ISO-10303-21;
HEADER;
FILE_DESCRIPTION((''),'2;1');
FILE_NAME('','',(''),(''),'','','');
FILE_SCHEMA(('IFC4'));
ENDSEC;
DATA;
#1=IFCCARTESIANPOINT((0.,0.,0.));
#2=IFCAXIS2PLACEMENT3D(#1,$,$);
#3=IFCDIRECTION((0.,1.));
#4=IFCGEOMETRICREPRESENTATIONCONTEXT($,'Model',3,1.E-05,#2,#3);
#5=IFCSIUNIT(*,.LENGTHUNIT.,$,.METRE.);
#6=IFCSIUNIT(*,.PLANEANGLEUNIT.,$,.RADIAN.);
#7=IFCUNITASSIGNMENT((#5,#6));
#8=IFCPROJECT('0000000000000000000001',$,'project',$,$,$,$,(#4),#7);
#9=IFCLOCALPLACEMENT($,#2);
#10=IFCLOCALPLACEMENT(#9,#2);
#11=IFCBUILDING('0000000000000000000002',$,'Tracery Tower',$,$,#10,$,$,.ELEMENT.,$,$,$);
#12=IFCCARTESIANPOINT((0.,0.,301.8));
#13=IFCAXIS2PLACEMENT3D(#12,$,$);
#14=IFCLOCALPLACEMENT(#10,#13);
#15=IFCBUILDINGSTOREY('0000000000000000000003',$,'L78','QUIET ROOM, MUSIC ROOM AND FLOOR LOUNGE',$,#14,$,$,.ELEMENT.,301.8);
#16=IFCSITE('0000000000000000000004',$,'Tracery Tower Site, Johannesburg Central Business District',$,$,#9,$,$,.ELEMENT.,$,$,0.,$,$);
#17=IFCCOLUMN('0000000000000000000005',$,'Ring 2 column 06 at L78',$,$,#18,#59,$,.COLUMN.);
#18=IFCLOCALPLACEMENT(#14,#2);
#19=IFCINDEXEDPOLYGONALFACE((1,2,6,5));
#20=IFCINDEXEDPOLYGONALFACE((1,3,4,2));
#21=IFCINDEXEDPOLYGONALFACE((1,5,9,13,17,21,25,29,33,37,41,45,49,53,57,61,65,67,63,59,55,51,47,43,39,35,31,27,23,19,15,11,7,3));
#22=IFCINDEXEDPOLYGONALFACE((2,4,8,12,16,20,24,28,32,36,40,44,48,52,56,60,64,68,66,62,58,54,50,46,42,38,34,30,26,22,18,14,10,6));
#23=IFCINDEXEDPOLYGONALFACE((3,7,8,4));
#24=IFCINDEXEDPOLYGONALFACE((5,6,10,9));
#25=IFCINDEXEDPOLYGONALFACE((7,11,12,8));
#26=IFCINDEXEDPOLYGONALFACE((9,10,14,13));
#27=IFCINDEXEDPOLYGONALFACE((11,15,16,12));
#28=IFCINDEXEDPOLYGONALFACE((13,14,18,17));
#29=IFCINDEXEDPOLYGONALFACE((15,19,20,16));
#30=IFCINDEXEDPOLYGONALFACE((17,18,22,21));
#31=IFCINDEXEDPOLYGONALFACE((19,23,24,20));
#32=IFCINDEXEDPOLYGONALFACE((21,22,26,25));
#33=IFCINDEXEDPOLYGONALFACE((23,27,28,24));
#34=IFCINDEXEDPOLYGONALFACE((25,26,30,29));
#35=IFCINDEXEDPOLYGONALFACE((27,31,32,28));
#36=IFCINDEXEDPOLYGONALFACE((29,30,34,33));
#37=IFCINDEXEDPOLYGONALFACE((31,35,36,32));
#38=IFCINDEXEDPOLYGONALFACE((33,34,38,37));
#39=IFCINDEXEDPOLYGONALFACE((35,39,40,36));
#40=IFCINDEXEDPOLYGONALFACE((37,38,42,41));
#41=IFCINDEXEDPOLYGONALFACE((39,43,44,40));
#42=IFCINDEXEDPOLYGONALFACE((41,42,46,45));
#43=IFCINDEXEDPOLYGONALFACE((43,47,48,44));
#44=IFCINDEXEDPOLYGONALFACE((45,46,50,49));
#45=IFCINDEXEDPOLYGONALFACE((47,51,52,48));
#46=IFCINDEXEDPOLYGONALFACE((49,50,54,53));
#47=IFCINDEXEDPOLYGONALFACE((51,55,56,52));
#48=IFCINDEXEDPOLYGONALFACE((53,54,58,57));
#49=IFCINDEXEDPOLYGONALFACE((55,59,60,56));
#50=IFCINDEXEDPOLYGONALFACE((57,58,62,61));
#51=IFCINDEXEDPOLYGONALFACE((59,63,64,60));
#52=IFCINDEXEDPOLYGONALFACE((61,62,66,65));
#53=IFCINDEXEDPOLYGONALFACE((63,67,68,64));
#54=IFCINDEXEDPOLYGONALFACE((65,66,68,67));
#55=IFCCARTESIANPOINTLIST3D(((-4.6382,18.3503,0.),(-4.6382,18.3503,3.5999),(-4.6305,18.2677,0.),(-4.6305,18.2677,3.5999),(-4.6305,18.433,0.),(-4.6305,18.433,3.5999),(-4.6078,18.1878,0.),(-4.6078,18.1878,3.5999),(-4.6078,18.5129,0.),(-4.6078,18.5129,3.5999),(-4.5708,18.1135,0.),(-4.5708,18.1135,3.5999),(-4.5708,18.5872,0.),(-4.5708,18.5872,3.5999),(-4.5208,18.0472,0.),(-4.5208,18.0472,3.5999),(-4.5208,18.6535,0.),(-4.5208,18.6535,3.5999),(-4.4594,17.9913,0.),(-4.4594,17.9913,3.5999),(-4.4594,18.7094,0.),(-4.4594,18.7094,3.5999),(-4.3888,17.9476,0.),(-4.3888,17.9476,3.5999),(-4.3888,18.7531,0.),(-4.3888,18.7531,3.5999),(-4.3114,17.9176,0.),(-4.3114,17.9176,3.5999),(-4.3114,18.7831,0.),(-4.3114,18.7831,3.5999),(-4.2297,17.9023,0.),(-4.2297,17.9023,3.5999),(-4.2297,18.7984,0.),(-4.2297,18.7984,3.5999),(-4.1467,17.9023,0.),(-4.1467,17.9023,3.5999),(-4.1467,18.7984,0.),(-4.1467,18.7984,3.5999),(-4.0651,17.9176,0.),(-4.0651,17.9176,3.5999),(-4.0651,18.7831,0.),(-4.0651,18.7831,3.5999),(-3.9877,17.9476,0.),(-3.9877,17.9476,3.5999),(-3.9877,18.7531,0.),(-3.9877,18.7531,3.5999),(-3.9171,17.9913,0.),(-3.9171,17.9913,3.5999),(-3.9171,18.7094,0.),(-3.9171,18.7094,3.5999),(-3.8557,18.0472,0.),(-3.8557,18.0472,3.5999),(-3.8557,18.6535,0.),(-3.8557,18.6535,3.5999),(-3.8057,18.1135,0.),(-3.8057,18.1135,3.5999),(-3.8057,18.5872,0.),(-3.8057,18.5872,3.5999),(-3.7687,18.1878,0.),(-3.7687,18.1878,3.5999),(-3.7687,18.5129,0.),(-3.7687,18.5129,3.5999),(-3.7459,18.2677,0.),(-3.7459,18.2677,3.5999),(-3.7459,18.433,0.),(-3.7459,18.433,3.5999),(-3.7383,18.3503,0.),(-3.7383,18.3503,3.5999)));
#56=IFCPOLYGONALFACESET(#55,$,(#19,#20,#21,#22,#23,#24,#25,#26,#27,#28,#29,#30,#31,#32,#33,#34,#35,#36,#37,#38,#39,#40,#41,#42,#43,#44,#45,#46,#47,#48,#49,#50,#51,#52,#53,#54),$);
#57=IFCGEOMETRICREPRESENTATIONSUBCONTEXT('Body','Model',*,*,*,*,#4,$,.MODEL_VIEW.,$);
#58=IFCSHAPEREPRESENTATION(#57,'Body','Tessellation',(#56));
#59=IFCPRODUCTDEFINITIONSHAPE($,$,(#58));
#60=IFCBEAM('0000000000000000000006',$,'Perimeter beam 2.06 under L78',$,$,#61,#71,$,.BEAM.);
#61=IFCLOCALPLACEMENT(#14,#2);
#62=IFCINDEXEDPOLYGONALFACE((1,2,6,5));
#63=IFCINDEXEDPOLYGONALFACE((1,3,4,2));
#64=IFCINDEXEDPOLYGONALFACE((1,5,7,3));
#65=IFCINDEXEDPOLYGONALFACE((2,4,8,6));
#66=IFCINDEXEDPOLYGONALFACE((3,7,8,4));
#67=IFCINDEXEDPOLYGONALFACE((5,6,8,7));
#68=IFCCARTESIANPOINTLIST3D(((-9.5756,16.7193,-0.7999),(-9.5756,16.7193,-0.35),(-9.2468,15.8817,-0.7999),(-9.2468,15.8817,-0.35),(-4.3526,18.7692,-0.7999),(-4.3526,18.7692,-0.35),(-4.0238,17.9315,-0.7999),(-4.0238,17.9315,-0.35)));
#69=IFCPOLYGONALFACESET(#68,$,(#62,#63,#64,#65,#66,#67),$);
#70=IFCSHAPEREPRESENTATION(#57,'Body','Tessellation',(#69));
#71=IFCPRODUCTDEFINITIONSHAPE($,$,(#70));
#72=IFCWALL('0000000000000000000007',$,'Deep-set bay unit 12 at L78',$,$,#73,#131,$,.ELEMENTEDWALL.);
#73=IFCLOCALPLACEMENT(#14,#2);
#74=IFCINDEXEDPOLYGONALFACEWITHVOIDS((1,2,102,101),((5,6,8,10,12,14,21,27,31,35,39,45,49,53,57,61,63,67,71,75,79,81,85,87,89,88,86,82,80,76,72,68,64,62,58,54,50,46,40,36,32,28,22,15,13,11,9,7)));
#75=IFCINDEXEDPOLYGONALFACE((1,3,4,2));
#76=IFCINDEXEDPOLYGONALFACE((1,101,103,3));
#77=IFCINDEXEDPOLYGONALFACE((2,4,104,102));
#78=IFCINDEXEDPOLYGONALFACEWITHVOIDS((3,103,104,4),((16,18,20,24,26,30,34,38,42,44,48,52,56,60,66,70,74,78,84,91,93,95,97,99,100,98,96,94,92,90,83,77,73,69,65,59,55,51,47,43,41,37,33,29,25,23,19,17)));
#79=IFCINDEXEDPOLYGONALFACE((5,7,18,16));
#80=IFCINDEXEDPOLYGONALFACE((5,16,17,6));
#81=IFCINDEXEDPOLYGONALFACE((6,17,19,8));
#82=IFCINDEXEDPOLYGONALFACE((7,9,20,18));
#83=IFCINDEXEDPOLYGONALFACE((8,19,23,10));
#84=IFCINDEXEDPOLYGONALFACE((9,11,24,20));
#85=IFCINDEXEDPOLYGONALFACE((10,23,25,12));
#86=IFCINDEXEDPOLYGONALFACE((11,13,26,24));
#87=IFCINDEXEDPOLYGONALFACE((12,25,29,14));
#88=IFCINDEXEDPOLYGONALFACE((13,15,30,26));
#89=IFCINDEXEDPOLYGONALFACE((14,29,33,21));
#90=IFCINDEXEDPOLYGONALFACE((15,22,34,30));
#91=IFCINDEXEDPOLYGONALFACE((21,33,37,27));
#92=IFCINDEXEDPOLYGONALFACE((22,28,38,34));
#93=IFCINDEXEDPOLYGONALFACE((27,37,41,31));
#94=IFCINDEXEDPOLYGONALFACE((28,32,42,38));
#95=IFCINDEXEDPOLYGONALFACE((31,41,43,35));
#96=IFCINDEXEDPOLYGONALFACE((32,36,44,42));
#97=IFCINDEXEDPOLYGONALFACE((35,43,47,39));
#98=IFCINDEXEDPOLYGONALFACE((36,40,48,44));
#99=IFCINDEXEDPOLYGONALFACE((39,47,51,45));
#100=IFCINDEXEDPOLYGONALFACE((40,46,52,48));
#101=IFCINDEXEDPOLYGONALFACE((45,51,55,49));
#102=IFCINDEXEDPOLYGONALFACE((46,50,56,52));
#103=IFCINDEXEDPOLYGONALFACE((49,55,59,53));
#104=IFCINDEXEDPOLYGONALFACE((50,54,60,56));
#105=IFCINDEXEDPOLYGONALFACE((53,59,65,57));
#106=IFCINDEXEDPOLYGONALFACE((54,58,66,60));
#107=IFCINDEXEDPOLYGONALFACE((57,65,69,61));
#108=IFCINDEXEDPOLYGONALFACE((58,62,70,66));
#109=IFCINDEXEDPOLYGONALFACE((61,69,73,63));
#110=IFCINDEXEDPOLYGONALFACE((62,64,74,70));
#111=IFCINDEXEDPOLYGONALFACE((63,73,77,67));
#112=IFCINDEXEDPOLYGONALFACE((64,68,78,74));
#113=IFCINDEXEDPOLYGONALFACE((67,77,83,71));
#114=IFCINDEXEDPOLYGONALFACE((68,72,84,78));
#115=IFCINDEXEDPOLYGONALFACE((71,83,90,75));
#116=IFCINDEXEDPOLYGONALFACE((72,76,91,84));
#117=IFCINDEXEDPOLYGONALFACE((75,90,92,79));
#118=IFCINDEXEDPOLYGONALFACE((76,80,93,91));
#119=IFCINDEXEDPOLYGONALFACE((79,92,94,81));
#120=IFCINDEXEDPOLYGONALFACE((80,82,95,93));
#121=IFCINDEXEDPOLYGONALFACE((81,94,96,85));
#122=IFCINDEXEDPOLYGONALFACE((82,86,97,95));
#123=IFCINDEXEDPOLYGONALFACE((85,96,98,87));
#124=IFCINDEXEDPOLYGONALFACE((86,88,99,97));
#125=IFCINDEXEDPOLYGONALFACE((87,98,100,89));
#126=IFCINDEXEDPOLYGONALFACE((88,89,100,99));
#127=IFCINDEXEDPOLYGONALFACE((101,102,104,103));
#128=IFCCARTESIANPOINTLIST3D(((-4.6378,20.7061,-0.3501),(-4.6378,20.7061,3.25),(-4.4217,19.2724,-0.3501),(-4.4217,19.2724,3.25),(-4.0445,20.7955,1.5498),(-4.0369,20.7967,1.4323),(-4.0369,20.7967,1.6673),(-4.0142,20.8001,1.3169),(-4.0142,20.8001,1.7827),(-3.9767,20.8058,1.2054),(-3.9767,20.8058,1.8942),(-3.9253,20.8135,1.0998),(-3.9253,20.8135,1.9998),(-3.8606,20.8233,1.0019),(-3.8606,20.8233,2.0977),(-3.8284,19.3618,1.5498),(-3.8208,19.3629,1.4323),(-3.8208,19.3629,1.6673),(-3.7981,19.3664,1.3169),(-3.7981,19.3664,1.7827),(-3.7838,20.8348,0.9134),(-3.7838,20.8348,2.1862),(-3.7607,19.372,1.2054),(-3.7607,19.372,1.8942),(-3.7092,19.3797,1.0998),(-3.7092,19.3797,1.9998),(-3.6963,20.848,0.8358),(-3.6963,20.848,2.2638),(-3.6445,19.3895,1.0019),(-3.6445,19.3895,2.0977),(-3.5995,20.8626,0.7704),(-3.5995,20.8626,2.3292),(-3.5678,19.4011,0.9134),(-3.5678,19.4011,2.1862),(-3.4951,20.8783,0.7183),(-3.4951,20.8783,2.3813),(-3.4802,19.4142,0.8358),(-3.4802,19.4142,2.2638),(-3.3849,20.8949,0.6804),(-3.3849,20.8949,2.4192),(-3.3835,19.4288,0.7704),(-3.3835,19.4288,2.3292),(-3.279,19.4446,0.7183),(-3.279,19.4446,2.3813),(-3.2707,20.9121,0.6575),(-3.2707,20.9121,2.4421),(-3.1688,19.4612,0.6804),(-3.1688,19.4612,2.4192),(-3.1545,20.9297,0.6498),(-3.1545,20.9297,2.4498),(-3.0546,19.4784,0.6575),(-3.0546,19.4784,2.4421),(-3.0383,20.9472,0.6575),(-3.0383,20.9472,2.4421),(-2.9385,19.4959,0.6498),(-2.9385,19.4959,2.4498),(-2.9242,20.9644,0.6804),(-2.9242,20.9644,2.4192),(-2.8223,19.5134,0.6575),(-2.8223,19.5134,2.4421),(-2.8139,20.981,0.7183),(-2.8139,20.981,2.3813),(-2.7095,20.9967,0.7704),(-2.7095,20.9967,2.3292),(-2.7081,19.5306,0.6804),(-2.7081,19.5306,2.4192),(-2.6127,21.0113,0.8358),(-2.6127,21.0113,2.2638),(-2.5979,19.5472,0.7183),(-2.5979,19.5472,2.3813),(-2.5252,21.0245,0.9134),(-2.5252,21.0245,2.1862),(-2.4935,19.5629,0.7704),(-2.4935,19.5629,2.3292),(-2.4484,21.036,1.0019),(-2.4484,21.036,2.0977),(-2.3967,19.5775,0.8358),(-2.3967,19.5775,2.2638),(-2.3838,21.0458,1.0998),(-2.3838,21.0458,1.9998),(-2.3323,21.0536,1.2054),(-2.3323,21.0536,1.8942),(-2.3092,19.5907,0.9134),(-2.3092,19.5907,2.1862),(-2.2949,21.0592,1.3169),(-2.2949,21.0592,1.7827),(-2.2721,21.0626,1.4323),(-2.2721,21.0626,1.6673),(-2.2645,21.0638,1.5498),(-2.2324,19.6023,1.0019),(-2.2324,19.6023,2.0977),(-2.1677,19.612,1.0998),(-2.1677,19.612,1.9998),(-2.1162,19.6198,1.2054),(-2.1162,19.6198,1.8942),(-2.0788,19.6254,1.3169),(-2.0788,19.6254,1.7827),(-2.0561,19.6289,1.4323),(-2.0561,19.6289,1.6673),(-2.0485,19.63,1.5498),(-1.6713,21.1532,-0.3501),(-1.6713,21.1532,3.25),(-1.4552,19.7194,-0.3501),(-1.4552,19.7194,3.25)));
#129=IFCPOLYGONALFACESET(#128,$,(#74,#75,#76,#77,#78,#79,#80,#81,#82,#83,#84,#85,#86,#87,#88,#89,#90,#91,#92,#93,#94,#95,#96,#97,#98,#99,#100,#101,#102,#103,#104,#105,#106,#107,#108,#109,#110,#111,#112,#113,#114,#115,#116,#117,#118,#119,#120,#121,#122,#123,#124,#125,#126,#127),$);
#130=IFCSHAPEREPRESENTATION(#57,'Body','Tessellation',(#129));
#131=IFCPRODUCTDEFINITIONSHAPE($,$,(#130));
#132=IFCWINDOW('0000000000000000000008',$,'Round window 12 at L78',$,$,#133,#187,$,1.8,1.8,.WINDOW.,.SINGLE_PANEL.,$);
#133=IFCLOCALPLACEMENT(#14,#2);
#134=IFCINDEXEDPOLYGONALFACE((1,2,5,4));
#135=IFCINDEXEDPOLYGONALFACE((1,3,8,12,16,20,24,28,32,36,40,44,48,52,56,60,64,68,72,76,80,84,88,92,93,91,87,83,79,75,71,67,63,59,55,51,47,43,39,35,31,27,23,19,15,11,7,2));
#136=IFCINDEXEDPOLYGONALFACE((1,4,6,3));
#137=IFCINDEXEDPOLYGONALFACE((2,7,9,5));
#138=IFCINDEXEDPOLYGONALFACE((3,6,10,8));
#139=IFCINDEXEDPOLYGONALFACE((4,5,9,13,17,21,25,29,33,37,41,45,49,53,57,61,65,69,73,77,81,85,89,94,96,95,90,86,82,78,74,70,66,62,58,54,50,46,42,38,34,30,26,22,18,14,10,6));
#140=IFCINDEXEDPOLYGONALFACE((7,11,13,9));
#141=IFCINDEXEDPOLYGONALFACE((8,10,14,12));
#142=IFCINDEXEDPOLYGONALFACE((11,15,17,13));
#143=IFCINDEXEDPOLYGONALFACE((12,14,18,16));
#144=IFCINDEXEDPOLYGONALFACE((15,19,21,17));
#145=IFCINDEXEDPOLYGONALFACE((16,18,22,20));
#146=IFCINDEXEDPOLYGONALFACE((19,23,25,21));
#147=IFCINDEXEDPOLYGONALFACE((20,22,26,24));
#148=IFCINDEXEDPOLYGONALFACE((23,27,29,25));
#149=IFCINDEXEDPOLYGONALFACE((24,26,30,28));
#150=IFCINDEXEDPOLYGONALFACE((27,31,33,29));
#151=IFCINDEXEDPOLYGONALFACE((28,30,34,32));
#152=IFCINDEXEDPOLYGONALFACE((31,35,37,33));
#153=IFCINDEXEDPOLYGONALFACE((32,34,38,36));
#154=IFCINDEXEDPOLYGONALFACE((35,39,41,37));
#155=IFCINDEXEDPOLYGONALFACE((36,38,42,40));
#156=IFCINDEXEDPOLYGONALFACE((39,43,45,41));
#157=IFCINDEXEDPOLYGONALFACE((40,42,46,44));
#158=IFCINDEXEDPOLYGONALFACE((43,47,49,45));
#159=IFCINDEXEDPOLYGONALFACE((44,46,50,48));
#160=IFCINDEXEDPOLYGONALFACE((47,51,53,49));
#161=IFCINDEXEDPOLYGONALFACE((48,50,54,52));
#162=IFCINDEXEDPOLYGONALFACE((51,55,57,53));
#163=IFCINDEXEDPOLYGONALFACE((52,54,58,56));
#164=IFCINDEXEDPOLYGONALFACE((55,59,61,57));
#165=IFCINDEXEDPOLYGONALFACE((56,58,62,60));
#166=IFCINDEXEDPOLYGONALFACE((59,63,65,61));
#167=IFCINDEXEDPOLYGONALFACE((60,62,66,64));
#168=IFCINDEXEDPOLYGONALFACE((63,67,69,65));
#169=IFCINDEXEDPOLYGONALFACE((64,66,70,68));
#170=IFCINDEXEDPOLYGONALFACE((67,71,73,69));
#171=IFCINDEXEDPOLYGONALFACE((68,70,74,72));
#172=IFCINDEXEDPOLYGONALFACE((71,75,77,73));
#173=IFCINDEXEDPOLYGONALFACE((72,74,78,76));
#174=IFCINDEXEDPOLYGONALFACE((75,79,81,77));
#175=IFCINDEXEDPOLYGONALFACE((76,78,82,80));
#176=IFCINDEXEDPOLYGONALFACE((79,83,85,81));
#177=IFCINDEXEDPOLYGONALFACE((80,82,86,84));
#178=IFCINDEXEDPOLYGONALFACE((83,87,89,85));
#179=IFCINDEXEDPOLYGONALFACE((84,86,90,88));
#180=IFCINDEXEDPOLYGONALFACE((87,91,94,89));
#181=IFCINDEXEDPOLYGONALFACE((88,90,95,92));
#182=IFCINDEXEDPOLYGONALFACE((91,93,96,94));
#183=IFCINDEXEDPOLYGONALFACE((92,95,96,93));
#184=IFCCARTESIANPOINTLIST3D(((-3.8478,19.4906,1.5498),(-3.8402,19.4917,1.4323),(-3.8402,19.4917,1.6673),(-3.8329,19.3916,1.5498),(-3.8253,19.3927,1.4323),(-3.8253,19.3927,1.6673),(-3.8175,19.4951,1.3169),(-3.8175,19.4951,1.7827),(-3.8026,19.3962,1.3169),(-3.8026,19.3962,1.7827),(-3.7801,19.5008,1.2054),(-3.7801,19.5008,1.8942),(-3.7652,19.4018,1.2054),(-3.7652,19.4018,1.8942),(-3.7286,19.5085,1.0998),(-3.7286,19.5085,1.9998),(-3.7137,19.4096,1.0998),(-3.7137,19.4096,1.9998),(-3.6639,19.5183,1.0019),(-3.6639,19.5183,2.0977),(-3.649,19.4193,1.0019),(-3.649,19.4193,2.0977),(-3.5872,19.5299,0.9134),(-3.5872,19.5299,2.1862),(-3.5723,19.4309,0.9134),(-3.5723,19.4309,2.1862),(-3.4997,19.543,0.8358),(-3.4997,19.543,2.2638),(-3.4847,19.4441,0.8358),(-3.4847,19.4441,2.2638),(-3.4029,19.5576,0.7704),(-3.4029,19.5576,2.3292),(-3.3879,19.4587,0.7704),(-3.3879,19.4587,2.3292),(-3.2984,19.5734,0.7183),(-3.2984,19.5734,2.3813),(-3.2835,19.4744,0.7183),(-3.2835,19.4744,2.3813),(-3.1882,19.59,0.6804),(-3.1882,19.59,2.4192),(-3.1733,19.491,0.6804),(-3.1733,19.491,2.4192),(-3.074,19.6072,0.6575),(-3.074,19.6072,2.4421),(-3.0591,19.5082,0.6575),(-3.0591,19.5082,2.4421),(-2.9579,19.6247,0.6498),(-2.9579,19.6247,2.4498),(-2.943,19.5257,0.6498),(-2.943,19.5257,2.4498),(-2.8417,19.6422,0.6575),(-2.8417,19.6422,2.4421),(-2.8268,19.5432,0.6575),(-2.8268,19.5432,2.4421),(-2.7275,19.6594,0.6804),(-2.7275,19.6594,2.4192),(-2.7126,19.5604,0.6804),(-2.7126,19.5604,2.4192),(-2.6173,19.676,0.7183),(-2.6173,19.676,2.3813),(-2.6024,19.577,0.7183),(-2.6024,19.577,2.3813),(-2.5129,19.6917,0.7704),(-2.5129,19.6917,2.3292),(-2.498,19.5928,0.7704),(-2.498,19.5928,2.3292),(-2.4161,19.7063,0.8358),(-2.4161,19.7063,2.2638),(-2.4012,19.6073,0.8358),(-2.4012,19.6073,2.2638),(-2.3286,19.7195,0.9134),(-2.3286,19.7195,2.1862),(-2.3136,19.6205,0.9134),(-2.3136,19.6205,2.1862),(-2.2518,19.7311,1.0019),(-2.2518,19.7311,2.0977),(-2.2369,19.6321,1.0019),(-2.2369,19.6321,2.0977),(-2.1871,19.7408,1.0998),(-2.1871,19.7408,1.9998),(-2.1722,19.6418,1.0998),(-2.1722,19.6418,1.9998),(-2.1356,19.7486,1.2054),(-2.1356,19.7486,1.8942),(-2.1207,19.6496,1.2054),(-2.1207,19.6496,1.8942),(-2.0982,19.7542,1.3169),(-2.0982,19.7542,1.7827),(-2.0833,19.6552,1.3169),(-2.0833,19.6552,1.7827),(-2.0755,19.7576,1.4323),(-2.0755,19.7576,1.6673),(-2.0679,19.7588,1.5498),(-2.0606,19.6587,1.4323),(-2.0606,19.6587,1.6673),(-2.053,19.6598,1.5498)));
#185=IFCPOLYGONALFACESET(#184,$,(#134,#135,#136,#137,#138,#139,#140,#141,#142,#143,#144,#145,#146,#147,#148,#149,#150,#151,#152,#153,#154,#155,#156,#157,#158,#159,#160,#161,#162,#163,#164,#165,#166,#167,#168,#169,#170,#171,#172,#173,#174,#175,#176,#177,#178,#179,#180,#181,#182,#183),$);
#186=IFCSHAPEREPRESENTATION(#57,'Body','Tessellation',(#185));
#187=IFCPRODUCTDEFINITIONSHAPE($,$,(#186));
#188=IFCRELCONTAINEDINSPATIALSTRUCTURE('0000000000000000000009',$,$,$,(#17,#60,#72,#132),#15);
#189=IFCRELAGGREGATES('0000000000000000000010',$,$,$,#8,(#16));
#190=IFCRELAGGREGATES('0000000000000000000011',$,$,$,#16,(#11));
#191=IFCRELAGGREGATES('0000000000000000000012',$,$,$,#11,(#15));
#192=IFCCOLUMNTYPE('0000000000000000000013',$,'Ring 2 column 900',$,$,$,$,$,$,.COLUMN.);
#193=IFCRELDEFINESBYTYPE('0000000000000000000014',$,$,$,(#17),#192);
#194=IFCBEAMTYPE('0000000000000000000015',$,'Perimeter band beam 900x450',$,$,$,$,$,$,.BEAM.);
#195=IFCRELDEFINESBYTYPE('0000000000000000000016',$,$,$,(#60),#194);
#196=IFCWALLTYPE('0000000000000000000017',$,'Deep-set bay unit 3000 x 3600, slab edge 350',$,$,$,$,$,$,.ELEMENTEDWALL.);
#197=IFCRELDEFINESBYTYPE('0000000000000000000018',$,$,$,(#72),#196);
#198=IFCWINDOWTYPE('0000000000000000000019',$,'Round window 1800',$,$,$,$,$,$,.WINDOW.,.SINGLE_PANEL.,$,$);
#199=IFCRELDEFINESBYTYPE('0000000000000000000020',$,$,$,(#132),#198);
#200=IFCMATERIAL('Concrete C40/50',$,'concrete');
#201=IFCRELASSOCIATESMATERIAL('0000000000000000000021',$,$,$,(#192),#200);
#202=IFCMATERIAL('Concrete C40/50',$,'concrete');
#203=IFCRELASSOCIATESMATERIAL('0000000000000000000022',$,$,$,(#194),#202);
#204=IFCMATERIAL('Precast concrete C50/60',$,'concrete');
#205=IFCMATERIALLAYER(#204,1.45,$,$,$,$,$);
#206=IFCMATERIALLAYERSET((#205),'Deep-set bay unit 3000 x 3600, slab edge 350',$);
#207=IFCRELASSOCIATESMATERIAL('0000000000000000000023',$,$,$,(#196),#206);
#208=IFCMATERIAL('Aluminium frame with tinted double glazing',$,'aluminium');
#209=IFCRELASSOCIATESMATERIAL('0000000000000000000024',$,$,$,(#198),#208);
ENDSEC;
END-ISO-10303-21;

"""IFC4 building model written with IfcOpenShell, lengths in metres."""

from ifc_helpers import new_model, si_unit, direction, frame, frame_2d, origin, origin_2d, place, context, subcontext, project, spatial, rectangle, circle, extrude, material, layer, layer_set, material_profile, profile_set, type_object, element, fill, save


model = new_model("IFC4")

# Units and contexts
model_context = context("Model", 3, precision=1e-05, world=origin(), true_north=direction((0.0, 1.0)))
body_context = subcontext(model_context, "Body", "Model", "MODEL_VIEW")
ifc_project = project(units=[si_unit("LENGTHUNIT", "METRE"), si_unit("PLANEANGLEUNIT", "RADIAN")], contexts=[model_context])

# Site, building, storey
site_placement = place(None, origin())
site = spatial("IfcSite", under=ifc_project, at=site_placement, Name="Tracery Tower Site, Johannesburg Central Business District", CompositionType="ELEMENT", RefElevation=0.0)
building_placement = place(site_placement, origin())
building = spatial("IfcBuilding", under=site, at=building_placement, Name="Tracery Tower", CompositionType="ELEMENT")
storey_placement = place(building_placement, frame((0.0, 0.0, 301.8)))
storey = spatial("IfcBuildingStorey", under=building, at=storey_placement, Name="L78", Description="QUIET ROOM, MUSIC ROOM AND FLOOR LOUNGE", CompositionType="ELEMENT", Elevation=301.8)

# Column
ifc_material_1 = material(Name="Concrete C40/50", Category="concrete")
ifc_material_profile_1 = material_profile(ifc_material_1, circle(Radius=0.45, at=origin_2d()), Name="RC D900")
ifc_profile_set_1 = profile_set([ifc_material_profile_1], Name="Concrete C40/50")
column_type = type_object("IfcColumnType", Name="Ring 2 column 900", PredefinedType="COLUMN", material=ifc_profile_set_1)
column_placement = place(storey_placement, frame((-4.1882, 18.3503, 0.0), z_axis=(0.0, 0.0, 1.0), x_axis=(1.0, 0.0, 0.0)))
element("IfcColumn", 1, at=column_placement, inside=storey, type_object=column_type, Name="Ring 2 column 06 at L78", PredefinedType="COLUMN", context=body_context, shape_type="SweptSolid", body=[
    extrude(circle(Radius=0.45, at=origin_2d()), origin(), (0.0, 0.0, 1.0), 3.5999),
])

# Beam
ifc_material_2 = material(Name="Concrete C40/50", Category="concrete")
ifc_material_profile_2 = material_profile(ifc_material_2, rectangle(XDim=0.8999, YDim=0.45, at=origin_2d()), Name="RC 900x450")
ifc_profile_set_2 = profile_set([ifc_material_profile_2], Name="Concrete C40/50")
beam_type = type_object("IfcBeamType", Name="Perimeter band beam 900x450", PredefinedType="BEAM", material=ifc_profile_set_2)
beam_placement = place(storey_placement, frame((-4.1882, 18.3503, -0.575), z_axis=(-0.930876, -0.365336, 0.0), x_axis=(0.365336, -0.930876, 0.0)))
element("IfcBeam", 2, at=beam_placement, inside=storey, type_object=beam_type, Name="Perimeter beam 2.06 under L78", PredefinedType="BEAM", context=body_context, shape_type="SweptSolid", body=[
    extrude(rectangle(XDim=0.8999, YDim=0.45, at=origin_2d()), origin(), (0.0, 0.0, 1.0), 5.6108),
])

# Wall, opening, window
ifc_material_3 = material(Name="Precast concrete C50/60", Category="concrete")
ifc_layer_1 = layer(ifc_material_3, 1.45)
ifc_layer_set_1 = layer_set([ifc_layer_1], Name="Deep-set bay unit 3000 x 3600, slab edge 350")
wall_type_1 = type_object("IfcWallType", Name="Deep-set bay unit 3000 x 3600, slab edge 350", PredefinedType="ELEMENTEDWALL", material=ifc_layer_set_1)
wall_1_placement = place(storey_placement, frame((-1.5632, 20.4363, -0.3501), z_axis=(0.0, 0.0, 1.0), x_axis=(-0.988836, -0.149005, 0.0)))
wall_1 = element("IfcWall", 3, at=wall_1_placement, inside=storey, type_object=wall_type_1, Name="Deep-set bay unit 12 at L78", PredefinedType="ELEMENTEDWALL", context=body_context, shape_type="SweptSolid", body=[
    extrude(rectangle(XDim=3.0, YDim=1.45, at=frame_2d((1.5, 0.0))), origin(), (0.0, 0.0, 1.0), 3.6001),
])
opening_1_placement = place(wall_1_placement, frame((1.5, 0.0, 1.8999)))
opening_1 = element("IfcOpeningElement", 4, at=opening_1_placement, cuts=wall_1, PredefinedType="OPENING", context=body_context, shape_type="SweptSolid", body=[
    extrude(circle(Radius=0.9, at=origin_2d()), frame((0.0, 0.7349, 0.0), z_axis=(0.0, -1.0, 0.0), x_axis=(1.0, 0.0, 0.0)), (0.0, 0.0, 1.0), 1.47),
])
ifc_material_4 = material(Name="Aluminium frame with tinted double glazing", Category="aluminium")
window_type = type_object("IfcWindowType", Name="Round window 1800", PartitioningType="SINGLE_PANEL", PredefinedType="WINDOW", material=ifc_material_4)
window_1_placement = place(opening_1_placement, origin())
window_1 = element("IfcWindow", 5, at=window_1_placement, inside=storey, type_object=window_type, Name="Round window 12 at L78", OverallHeight=1.8, OverallWidth=1.8, PartitioningType="SINGLE_PANEL", PredefinedType="WINDOW", context=body_context, shape_type="SweptSolid", body=[
    extrude(circle(Radius=0.9, at=origin_2d()), frame((0.0, 0.6948, 0.0), z_axis=(0.0, -1.0, 0.0), x_axis=(1.0, 0.0, 0.0)), (0.0, 0.0, 1.0), 0.1001),
])
fill(opening_1, window_1)

save(model, "model.ifc")
